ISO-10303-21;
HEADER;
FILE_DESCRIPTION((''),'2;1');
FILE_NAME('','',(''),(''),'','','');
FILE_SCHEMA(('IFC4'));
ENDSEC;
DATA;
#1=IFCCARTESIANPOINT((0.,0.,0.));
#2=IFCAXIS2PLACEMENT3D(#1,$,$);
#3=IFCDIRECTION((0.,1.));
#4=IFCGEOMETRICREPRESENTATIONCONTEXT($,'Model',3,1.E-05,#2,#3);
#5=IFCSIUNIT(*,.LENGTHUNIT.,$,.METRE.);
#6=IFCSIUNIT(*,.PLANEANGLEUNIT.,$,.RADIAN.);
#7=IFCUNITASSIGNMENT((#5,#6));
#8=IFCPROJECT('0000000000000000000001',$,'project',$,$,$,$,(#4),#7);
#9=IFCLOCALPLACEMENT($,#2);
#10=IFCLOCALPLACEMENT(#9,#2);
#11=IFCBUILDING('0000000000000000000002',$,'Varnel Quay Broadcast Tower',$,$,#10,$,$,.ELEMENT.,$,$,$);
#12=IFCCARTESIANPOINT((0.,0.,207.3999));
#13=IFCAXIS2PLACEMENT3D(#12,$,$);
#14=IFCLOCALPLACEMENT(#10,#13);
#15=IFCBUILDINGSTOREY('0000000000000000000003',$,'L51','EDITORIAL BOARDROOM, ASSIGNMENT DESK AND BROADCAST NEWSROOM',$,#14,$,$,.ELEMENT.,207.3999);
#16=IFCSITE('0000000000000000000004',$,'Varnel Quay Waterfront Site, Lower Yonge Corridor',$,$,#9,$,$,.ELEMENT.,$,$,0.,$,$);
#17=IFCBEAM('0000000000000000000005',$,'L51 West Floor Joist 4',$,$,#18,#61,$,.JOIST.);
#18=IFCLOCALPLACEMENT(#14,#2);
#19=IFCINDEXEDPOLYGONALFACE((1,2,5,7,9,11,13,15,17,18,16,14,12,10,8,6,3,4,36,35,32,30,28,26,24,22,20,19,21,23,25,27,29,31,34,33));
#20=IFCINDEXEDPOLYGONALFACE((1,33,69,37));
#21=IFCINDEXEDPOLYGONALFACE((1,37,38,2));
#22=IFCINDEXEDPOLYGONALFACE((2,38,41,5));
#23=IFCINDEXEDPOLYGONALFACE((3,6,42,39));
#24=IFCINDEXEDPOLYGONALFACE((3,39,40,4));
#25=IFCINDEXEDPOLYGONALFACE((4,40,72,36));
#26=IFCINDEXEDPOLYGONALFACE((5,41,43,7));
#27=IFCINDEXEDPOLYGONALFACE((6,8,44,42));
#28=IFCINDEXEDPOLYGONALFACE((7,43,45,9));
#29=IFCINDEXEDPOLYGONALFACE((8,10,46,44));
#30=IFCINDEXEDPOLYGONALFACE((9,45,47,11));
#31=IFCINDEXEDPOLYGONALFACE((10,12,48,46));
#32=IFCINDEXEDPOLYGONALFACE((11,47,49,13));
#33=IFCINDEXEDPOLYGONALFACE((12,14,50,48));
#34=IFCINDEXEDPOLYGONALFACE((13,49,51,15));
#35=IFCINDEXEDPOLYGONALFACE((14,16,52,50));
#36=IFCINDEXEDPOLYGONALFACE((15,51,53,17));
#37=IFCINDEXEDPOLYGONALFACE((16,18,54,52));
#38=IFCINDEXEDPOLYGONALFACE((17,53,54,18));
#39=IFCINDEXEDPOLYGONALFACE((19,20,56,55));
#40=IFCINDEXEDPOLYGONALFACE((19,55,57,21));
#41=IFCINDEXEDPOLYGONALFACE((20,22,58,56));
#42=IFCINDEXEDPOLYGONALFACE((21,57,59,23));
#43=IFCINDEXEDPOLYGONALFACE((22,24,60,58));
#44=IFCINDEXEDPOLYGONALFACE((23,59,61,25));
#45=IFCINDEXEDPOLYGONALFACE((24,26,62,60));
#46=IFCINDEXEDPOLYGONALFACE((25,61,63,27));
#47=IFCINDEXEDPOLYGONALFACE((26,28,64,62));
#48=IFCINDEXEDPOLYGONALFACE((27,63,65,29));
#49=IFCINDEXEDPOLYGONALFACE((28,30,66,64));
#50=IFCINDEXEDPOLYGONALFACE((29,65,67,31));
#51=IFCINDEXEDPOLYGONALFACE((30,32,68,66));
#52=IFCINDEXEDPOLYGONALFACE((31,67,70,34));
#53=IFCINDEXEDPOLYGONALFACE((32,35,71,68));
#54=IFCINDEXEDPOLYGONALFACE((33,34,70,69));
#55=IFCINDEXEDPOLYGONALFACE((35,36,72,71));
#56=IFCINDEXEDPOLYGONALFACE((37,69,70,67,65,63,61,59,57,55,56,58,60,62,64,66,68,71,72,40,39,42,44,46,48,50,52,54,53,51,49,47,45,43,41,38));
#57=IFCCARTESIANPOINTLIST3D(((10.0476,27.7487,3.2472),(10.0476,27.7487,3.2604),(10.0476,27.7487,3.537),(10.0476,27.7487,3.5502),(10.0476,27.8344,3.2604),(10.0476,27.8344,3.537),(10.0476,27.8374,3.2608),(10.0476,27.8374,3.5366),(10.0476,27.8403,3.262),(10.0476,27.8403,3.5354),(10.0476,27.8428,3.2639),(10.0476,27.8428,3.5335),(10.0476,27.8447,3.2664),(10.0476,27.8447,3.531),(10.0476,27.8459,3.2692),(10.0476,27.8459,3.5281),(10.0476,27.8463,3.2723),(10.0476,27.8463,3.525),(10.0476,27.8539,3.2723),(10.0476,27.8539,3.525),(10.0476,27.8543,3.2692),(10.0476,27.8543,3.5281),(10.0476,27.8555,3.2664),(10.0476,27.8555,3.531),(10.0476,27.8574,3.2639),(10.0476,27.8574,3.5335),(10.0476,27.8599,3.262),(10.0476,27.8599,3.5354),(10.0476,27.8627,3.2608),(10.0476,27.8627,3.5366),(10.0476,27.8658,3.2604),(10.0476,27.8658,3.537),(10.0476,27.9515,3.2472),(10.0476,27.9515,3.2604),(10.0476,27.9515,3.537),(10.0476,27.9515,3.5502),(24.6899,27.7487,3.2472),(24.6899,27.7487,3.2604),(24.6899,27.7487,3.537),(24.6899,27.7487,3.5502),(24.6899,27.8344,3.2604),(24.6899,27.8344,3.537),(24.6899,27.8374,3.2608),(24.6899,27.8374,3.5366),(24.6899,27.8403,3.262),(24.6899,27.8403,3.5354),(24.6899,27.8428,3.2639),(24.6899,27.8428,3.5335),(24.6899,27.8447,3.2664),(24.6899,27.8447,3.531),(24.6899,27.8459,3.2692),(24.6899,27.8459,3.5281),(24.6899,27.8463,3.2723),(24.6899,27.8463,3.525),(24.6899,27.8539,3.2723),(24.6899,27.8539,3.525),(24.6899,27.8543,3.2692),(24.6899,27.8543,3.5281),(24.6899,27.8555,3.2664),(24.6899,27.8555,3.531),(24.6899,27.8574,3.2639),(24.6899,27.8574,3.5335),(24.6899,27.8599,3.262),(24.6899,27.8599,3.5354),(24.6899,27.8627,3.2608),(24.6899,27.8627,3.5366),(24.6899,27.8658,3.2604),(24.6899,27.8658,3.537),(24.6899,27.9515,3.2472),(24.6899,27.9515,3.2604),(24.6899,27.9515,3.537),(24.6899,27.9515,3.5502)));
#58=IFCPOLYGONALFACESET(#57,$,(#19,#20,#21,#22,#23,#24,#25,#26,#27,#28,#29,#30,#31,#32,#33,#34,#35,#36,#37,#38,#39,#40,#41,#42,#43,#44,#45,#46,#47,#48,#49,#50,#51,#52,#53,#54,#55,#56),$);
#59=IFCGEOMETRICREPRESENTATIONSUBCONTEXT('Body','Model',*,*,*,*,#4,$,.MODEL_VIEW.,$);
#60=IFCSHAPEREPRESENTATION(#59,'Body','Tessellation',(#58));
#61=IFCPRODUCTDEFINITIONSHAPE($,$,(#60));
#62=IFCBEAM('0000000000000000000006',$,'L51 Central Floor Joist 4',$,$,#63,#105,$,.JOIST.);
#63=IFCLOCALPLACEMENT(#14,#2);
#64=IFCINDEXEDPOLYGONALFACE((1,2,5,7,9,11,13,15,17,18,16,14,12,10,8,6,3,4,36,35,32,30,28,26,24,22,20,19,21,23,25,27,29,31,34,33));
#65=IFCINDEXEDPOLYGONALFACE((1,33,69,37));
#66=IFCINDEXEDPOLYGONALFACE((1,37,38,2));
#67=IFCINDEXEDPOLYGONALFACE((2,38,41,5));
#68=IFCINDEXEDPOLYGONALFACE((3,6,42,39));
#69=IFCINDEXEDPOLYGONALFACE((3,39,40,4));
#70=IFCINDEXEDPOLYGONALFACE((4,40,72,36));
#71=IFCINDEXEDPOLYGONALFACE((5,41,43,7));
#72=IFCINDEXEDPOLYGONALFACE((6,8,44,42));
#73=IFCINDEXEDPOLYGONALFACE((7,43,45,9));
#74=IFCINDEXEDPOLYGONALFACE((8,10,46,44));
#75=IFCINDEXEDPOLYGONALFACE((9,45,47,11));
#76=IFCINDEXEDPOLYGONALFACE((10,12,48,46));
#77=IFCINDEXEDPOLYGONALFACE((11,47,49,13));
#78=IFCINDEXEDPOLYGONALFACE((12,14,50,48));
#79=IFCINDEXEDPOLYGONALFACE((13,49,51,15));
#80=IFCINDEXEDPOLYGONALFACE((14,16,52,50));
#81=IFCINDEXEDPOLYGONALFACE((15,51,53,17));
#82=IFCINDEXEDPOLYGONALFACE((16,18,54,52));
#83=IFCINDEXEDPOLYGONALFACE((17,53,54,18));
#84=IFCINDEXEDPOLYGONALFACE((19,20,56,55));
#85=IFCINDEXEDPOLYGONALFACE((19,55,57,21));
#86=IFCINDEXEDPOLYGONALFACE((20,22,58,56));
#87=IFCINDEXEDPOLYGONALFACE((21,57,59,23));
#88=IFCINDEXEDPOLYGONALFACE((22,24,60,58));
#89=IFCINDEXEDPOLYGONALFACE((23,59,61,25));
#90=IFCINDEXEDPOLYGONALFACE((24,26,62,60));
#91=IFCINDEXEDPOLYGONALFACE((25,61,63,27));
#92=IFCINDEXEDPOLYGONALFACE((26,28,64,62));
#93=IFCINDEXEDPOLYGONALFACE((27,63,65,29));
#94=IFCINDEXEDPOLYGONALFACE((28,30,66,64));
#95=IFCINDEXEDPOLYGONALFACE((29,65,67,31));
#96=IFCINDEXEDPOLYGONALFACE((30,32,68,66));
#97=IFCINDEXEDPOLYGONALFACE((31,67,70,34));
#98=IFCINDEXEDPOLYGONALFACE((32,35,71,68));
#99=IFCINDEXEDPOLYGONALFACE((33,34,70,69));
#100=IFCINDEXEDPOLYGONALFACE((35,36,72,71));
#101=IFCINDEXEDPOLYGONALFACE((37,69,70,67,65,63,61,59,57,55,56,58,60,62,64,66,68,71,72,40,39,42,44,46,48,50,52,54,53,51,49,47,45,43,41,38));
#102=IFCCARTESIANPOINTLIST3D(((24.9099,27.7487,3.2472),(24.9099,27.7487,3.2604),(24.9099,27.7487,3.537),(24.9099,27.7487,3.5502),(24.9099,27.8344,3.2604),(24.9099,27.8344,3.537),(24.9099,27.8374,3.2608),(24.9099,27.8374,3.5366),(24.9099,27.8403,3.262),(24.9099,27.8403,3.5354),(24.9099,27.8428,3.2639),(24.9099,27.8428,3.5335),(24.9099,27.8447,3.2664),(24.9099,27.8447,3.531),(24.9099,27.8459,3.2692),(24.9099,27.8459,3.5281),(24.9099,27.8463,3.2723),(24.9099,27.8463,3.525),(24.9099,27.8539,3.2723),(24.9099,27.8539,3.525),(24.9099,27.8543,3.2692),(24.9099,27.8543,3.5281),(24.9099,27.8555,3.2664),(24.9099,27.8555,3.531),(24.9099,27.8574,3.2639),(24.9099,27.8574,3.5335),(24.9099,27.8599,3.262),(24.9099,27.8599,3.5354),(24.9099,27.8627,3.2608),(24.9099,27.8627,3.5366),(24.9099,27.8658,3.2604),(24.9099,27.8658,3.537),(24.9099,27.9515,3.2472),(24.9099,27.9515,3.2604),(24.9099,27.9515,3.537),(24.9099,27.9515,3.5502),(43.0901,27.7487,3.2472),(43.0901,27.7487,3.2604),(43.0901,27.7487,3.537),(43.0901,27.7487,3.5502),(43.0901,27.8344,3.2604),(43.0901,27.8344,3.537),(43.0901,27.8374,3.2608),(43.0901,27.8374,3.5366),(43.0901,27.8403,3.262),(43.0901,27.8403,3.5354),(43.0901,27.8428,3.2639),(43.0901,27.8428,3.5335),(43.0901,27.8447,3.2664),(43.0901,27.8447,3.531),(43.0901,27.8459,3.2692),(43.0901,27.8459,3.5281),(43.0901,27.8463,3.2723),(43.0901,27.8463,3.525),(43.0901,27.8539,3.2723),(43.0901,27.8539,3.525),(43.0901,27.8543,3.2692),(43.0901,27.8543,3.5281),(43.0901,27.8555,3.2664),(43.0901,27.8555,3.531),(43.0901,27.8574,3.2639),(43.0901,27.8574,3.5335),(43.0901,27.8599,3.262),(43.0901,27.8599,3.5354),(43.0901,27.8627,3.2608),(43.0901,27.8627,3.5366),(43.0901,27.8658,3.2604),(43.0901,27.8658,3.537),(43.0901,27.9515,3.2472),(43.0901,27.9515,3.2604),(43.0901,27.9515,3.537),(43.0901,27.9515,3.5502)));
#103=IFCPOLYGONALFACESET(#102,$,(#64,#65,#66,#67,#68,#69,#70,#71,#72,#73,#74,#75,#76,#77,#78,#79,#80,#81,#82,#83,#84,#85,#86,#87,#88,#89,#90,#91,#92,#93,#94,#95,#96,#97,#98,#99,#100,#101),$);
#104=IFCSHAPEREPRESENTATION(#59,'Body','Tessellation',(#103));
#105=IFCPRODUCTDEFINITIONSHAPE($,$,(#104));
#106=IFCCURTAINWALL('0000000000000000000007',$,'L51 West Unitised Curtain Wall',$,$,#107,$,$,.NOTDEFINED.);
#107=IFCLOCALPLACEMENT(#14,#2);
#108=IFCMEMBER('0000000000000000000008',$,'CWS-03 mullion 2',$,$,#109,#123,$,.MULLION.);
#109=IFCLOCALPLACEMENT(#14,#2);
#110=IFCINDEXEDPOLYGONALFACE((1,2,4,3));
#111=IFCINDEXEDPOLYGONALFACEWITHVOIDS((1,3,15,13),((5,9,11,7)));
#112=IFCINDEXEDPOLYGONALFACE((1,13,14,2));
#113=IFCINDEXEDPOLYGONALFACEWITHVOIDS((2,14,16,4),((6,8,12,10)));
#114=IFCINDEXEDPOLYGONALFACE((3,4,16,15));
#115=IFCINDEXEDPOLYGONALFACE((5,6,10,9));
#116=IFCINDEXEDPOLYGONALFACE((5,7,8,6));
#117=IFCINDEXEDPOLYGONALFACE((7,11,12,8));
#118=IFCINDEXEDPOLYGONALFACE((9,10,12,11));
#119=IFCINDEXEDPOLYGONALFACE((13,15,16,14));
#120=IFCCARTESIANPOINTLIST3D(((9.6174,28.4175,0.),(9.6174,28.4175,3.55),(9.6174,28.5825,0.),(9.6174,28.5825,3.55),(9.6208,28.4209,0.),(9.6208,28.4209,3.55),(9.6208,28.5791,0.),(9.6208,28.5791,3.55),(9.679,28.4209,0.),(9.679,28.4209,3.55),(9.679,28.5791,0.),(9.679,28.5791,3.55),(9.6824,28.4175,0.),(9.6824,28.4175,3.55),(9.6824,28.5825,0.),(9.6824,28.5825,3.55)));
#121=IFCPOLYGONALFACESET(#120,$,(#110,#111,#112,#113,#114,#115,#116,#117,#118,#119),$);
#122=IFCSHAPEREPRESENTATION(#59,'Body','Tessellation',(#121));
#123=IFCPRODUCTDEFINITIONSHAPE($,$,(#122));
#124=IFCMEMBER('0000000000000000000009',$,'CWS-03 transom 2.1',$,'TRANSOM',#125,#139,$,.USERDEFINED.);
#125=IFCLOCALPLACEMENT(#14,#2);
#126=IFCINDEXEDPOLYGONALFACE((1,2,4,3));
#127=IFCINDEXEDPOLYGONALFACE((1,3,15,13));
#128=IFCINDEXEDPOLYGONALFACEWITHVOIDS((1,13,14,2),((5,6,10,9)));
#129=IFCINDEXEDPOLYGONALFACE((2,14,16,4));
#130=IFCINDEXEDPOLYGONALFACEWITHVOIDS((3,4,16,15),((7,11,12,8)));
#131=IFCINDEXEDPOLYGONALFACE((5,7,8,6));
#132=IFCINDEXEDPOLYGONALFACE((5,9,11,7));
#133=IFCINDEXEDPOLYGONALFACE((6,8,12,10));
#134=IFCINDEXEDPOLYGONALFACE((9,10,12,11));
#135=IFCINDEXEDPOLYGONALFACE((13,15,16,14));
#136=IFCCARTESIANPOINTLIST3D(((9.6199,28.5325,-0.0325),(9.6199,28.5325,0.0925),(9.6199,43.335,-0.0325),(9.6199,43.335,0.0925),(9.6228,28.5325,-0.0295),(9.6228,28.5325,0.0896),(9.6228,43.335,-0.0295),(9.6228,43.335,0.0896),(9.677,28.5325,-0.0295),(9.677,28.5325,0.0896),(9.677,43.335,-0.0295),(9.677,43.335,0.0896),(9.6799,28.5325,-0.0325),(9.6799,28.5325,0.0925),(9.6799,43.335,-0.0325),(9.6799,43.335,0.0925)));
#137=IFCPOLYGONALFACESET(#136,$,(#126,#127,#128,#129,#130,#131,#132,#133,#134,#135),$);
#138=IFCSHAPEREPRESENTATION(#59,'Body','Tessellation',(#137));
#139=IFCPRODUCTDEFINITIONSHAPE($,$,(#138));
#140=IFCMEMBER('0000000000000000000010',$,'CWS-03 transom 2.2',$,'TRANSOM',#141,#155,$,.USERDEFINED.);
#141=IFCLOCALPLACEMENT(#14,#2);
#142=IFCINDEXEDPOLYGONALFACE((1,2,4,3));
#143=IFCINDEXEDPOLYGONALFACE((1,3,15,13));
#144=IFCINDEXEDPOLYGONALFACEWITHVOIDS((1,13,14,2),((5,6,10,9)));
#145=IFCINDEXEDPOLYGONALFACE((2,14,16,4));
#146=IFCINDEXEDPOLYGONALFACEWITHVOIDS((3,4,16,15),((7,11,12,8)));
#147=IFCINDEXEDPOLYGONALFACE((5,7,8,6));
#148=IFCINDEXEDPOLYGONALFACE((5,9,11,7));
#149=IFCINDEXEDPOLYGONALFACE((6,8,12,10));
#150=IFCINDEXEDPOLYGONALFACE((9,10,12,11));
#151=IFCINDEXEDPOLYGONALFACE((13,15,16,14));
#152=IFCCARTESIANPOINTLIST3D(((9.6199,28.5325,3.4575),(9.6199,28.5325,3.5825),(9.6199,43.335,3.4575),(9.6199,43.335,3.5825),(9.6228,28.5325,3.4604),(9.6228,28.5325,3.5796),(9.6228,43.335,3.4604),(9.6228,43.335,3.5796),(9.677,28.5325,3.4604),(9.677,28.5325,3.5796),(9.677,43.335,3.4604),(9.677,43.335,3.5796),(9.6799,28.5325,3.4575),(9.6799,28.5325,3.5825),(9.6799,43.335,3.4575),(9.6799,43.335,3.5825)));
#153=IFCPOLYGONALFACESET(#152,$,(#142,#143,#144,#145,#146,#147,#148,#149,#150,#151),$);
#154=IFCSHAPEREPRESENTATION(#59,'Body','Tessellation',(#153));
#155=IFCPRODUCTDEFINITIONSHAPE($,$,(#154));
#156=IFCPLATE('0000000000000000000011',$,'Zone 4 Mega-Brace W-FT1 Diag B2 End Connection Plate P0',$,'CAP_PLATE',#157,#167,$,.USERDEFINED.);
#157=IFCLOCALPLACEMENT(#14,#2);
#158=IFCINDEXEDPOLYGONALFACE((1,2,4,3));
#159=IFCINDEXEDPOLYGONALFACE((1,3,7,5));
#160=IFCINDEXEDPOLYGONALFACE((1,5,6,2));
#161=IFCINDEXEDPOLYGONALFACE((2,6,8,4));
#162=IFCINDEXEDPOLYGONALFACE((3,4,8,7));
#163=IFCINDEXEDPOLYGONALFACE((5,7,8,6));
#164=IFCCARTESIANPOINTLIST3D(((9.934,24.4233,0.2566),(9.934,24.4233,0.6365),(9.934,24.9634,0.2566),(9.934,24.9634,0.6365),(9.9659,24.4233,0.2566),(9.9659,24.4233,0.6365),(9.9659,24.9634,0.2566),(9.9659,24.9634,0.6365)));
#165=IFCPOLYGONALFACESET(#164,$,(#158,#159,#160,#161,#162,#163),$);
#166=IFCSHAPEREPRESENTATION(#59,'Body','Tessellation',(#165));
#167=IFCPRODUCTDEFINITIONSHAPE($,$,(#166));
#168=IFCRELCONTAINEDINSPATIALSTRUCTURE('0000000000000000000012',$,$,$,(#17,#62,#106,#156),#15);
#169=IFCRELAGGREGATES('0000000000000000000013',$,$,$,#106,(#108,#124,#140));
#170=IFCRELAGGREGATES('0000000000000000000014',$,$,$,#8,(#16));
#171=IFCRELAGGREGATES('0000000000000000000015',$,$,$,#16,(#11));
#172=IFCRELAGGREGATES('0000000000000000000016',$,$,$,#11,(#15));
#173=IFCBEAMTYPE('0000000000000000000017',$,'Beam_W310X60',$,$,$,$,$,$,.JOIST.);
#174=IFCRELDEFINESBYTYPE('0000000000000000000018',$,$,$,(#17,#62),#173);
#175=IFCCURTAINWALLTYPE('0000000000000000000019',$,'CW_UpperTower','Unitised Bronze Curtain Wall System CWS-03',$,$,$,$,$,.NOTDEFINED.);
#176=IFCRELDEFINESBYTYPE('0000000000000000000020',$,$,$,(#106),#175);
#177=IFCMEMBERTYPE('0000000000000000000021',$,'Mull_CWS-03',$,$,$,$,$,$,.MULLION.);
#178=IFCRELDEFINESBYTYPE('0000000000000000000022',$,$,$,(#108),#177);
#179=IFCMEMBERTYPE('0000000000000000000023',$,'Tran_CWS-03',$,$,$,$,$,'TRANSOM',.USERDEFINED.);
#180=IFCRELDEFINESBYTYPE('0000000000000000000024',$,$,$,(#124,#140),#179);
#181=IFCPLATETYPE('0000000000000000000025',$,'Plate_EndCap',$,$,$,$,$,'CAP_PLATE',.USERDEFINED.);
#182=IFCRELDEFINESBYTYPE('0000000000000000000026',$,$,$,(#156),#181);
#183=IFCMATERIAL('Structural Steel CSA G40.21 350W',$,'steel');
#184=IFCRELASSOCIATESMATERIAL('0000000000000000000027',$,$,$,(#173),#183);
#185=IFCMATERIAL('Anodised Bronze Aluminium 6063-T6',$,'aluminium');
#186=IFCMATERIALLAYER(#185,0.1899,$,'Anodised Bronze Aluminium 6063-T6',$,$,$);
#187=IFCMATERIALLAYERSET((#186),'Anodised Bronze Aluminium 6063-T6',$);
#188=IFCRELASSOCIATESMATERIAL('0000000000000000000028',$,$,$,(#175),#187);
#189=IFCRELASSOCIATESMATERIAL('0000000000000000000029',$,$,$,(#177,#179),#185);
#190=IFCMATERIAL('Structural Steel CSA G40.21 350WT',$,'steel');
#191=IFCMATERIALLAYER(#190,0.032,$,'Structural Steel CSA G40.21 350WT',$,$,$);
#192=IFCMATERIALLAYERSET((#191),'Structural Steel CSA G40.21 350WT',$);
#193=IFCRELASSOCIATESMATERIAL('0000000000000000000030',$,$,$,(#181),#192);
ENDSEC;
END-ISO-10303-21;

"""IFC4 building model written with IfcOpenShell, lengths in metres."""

from ifc_helpers import new_model, si_unit, direction, frame, origin, origin_2d, place, context, subcontext, project, spatial, rectangle, hollow_rectangle, i_section, extrude, source, transform, mapped, material, layer, layer_set, material_profile, profile_set, type_object, type_shapes, element, aggregate, save


model = new_model("IFC4")

# Units and contexts
model_context = context("Model", 3, precision=1e-05, world=origin(), true_north=direction((0.0, 1.0)))
body_context = subcontext(model_context, "Body", "Model", "MODEL_VIEW")
ifc_project = project(units=[si_unit("LENGTHUNIT", "METRE"), si_unit("PLANEANGLEUNIT", "RADIAN")], contexts=[model_context])

# Site, building, storey
site_placement = place(None, origin())
site = spatial("IfcSite", under=ifc_project, at=site_placement, Name="Varnel Quay Waterfront Site, Lower Yonge Corridor", CompositionType="ELEMENT", RefElevation=0.0)
building_placement = place(site_placement, origin())
building = spatial("IfcBuilding", under=site, at=building_placement, Name="Varnel Quay Broadcast Tower", CompositionType="ELEMENT")
storey_placement = place(building_placement, frame((0.0, 0.0, 207.3999)))
storey = spatial("IfcBuildingStorey", under=building, at=storey_placement, Name="L51", Description="EDITORIAL BOARDROOM, ASSIGNMENT DESK AND BROADCAST NEWSROOM", CompositionType="ELEMENT", Elevation=207.3999)

# Shared definitions
ifc_material_1 = material(Name="Structural Steel CSA G40.21 350WT", Category="steel")
ifc_material_2 = material(Name="Structural Steel CSA G40.21 350W", Category="steel")

# Beams
ifc_material_profile_1 = material_profile(ifc_material_2, i_section(OverallWidth=0.2029, OverallDepth=0.303, WebThickness=0.0076, FlangeThickness=0.0132, FilletRadius=0.012, at=origin_2d()), Name="W310X60")
ifc_profile_set_1 = profile_set([ifc_material_profile_1], Name="Structural Steel CSA G40.21 350W")
beam_type_1 = type_object("IfcBeamType", Name="Beam_W310X60", PredefinedType="JOIST", material=ifc_profile_set_1)
shared_shape_1 = source(origin(), body_context, "Body", "SweptSolid", [
    extrude(i_section(OverallWidth=0.2029, OverallDepth=0.303, WebThickness=0.0076, FlangeThickness=0.0132, FilletRadius=0.012, at=origin_2d()), origin(), (0.0, 0.0, 1.0), 14.6423),
])
beam_1_placement = place(storey_placement, frame((10.0476, 27.8501, 3.3987), z_axis=(1.0, 0.0, 0.0), x_axis=(0.0, 1.0, 0.0)))
element("IfcBeam", 1, at=beam_1_placement, inside=storey, type_object=beam_type_1, Name="L51 West Floor Joist 4", PredefinedType="JOIST", context=body_context, shape_type="MappedRepresentation", body=[
    mapped(shared_shape_1, transform((0.0, 0.0, 0.0), x_axis=(1.0, 0.0, 0.0), y_axis=(0.0, 1.0, 0.0), z_axis=(0.0, 0.0, 1.0), scale=1.0)),
])
shared_shape_2 = source(origin(), body_context, "Body", "SweptSolid", [
    extrude(i_section(OverallWidth=0.2029, OverallDepth=0.303, WebThickness=0.0076, FlangeThickness=0.0132, FilletRadius=0.012, at=origin_2d()), origin(), (0.0, 0.0, 1.0), 18.1802),
])
type_shapes(beam_type_1, [shared_shape_1, shared_shape_2])
beam_2_placement = place(storey_placement, frame((24.9099, 27.8501, 3.3987), z_axis=(1.0, 0.0, 0.0), x_axis=(0.0, 1.0, 0.0)))
element("IfcBeam", 2, at=beam_2_placement, inside=storey, type_object=beam_type_1, Name="L51 Central Floor Joist 4", PredefinedType="JOIST", context=body_context, shape_type="MappedRepresentation", body=[
    mapped(shared_shape_2, transform((0.0, 0.0, 0.0), x_axis=(1.0, 0.0, 0.0), y_axis=(0.0, 1.0, 0.0), z_axis=(0.0, 0.0, 1.0), scale=1.0)),
])

# Curtain wall, members
ifc_material_3 = material(Name="Anodised Bronze Aluminium 6063-T6", Category="aluminium")
ifc_layer_1 = layer(ifc_material_3, 0.1899, Name="Anodised Bronze Aluminium 6063-T6")
ifc_layer_set_1 = layer_set([ifc_layer_1], Name="Anodised Bronze Aluminium 6063-T6")
curtain_wall_type = type_object("IfcCurtainWallType", Name="CW_UpperTower", Description="Unitised Bronze Curtain Wall System CWS-03", PredefinedType="NOTDEFINED", material=ifc_layer_set_1)
curtain_wall_placement = place(storey_placement, origin())
curtain_wall = element("IfcCurtainWall", 3, at=curtain_wall_placement, inside=storey, type_object=curtain_wall_type, Name="L51 West Unitised Curtain Wall", PredefinedType="NOTDEFINED")
ifc_material_profile_2 = material_profile(ifc_material_3, hollow_rectangle(XDim=0.0649, YDim=0.165, WallThickness=0.0034, at=origin_2d()), Name="ALU65X165X3.5")
ifc_profile_set_2 = profile_set([ifc_material_profile_2], Name="Anodised Bronze Aluminium 6063-T6")
member_type_1 = type_object("IfcMemberType", Name="Mull_CWS-03", PredefinedType="MULLION", material=ifc_profile_set_2)
shared_shape_3 = source(origin(), body_context, "Body", "SweptSolid", [
    extrude(hollow_rectangle(XDim=0.0649, YDim=0.165, WallThickness=0.0034, at=origin_2d()), origin(), (0.0, 0.0, 1.0), 3.55),
])
type_shapes(member_type_1, [shared_shape_3])
member_1_placement = place(storey_placement, frame((9.6499, 28.5, 0.0), z_axis=(0.0, 0.0, 1.0), x_axis=(-1.0, 0.0, 0.0)))
member_1 = element("IfcMember", 4, at=member_1_placement, type_object=member_type_1, Name="CWS-03 mullion 2", PredefinedType="MULLION", context=body_context, shape_type="MappedRepresentation", body=[
    mapped(shared_shape_3, transform((0.0, 0.0, 0.0), x_axis=(1.0, 0.0, 0.0), y_axis=(0.0, 1.0, 0.0), z_axis=(0.0, 0.0, 1.0), scale=1.0)),
])
ifc_material_profile_3 = material_profile(ifc_material_3, hollow_rectangle(XDim=0.0601, YDim=0.125, WallThickness=0.0029, at=origin_2d()), Name="ALU60X125X3")
ifc_profile_set_3 = profile_set([ifc_material_profile_3], Name="Anodised Bronze Aluminium 6063-T6")
member_type_2 = type_object("IfcMemberType", Name="Tran_CWS-03", ElementType="TRANSOM", PredefinedType="USERDEFINED", material=ifc_profile_set_3)
shared_shape_4 = source(origin(), body_context, "Body", "SweptSolid", [
    extrude(hollow_rectangle(XDim=0.0601, YDim=0.125, WallThickness=0.0029, at=origin_2d()), origin(), (0.0, 0.0, 1.0), 14.8025),
])
type_shapes(member_type_2, [shared_shape_4])
member_2_placement = place(storey_placement, frame((9.6499, 28.5325, 0.03), z_axis=(0.0, 1.0, 0.0), x_axis=(-1.0, 0.0, 0.0)))
member_2 = element("IfcMember", 5, at=member_2_placement, type_object=member_type_2, Name="CWS-03 transom 2.1", ObjectType="TRANSOM", PredefinedType="USERDEFINED", context=body_context, shape_type="MappedRepresentation", body=[
    mapped(shared_shape_4, transform((0.0, 0.0, 0.0), x_axis=(1.0, 0.0, 0.0), y_axis=(0.0, 1.0, 0.0), z_axis=(0.0, 0.0, 1.0), scale=1.0)),
])
member_3_placement = place(storey_placement, frame((9.6499, 28.5325, 3.52), z_axis=(0.0, 1.0, 0.0), x_axis=(-1.0, 0.0, 0.0)))
member_3 = element("IfcMember", 6, at=member_3_placement, type_object=member_type_2, Name="CWS-03 transom 2.2", ObjectType="TRANSOM", PredefinedType="USERDEFINED", context=body_context, shape_type="MappedRepresentation", body=[
    mapped(shared_shape_4, transform((0.0, 0.0, 0.0), x_axis=(1.0, 0.0, 0.0), y_axis=(0.0, 1.0, 0.0), z_axis=(0.0, 0.0, 1.0), scale=1.0)),
])

# Plate
ifc_layer_2 = layer(ifc_material_1, 0.032, Name="Structural Steel CSA G40.21 350WT")
ifc_layer_set_2 = layer_set([ifc_layer_2], Name="Structural Steel CSA G40.21 350WT")
plate_type_1 = type_object("IfcPlateType", Name="Plate_EndCap", ElementType="CAP_PLATE", PredefinedType="USERDEFINED", material=ifc_layer_set_2)
shared_shape_5 = source(origin(), body_context, "Body", "SweptSolid", [
    extrude(rectangle(XDim=0.54, YDim=0.032, at=origin_2d()), origin(), (0.0, 0.0, 1.0), 0.3799),
])
type_shapes(plate_type_1, [shared_shape_5])
plate_1_placement = place(storey_placement, frame((9.95, 24.6934, 0.2566), z_axis=(0.0, 0.0, 1.0), x_axis=(0.0, 1.0, 0.0)))
element("IfcPlate", 7, at=plate_1_placement, inside=storey, type_object=plate_type_1, Name="Zone 4 Mega-Brace W-FT1 Diag B2 End Connection Plate P0", ObjectType="CAP_PLATE", PredefinedType="USERDEFINED", context=body_context, shape_type="MappedRepresentation", body=[
    mapped(shared_shape_5, transform((0.0, 0.0, 0.0), x_axis=(1.0, 0.0, 0.0), y_axis=(0.0, 1.0, 0.0), z_axis=(0.0, 0.0, 1.0), scale=1.0)),
])
aggregate(curtain_wall, [member_1, member_2, member_3])

save(model, "model.ifc")
